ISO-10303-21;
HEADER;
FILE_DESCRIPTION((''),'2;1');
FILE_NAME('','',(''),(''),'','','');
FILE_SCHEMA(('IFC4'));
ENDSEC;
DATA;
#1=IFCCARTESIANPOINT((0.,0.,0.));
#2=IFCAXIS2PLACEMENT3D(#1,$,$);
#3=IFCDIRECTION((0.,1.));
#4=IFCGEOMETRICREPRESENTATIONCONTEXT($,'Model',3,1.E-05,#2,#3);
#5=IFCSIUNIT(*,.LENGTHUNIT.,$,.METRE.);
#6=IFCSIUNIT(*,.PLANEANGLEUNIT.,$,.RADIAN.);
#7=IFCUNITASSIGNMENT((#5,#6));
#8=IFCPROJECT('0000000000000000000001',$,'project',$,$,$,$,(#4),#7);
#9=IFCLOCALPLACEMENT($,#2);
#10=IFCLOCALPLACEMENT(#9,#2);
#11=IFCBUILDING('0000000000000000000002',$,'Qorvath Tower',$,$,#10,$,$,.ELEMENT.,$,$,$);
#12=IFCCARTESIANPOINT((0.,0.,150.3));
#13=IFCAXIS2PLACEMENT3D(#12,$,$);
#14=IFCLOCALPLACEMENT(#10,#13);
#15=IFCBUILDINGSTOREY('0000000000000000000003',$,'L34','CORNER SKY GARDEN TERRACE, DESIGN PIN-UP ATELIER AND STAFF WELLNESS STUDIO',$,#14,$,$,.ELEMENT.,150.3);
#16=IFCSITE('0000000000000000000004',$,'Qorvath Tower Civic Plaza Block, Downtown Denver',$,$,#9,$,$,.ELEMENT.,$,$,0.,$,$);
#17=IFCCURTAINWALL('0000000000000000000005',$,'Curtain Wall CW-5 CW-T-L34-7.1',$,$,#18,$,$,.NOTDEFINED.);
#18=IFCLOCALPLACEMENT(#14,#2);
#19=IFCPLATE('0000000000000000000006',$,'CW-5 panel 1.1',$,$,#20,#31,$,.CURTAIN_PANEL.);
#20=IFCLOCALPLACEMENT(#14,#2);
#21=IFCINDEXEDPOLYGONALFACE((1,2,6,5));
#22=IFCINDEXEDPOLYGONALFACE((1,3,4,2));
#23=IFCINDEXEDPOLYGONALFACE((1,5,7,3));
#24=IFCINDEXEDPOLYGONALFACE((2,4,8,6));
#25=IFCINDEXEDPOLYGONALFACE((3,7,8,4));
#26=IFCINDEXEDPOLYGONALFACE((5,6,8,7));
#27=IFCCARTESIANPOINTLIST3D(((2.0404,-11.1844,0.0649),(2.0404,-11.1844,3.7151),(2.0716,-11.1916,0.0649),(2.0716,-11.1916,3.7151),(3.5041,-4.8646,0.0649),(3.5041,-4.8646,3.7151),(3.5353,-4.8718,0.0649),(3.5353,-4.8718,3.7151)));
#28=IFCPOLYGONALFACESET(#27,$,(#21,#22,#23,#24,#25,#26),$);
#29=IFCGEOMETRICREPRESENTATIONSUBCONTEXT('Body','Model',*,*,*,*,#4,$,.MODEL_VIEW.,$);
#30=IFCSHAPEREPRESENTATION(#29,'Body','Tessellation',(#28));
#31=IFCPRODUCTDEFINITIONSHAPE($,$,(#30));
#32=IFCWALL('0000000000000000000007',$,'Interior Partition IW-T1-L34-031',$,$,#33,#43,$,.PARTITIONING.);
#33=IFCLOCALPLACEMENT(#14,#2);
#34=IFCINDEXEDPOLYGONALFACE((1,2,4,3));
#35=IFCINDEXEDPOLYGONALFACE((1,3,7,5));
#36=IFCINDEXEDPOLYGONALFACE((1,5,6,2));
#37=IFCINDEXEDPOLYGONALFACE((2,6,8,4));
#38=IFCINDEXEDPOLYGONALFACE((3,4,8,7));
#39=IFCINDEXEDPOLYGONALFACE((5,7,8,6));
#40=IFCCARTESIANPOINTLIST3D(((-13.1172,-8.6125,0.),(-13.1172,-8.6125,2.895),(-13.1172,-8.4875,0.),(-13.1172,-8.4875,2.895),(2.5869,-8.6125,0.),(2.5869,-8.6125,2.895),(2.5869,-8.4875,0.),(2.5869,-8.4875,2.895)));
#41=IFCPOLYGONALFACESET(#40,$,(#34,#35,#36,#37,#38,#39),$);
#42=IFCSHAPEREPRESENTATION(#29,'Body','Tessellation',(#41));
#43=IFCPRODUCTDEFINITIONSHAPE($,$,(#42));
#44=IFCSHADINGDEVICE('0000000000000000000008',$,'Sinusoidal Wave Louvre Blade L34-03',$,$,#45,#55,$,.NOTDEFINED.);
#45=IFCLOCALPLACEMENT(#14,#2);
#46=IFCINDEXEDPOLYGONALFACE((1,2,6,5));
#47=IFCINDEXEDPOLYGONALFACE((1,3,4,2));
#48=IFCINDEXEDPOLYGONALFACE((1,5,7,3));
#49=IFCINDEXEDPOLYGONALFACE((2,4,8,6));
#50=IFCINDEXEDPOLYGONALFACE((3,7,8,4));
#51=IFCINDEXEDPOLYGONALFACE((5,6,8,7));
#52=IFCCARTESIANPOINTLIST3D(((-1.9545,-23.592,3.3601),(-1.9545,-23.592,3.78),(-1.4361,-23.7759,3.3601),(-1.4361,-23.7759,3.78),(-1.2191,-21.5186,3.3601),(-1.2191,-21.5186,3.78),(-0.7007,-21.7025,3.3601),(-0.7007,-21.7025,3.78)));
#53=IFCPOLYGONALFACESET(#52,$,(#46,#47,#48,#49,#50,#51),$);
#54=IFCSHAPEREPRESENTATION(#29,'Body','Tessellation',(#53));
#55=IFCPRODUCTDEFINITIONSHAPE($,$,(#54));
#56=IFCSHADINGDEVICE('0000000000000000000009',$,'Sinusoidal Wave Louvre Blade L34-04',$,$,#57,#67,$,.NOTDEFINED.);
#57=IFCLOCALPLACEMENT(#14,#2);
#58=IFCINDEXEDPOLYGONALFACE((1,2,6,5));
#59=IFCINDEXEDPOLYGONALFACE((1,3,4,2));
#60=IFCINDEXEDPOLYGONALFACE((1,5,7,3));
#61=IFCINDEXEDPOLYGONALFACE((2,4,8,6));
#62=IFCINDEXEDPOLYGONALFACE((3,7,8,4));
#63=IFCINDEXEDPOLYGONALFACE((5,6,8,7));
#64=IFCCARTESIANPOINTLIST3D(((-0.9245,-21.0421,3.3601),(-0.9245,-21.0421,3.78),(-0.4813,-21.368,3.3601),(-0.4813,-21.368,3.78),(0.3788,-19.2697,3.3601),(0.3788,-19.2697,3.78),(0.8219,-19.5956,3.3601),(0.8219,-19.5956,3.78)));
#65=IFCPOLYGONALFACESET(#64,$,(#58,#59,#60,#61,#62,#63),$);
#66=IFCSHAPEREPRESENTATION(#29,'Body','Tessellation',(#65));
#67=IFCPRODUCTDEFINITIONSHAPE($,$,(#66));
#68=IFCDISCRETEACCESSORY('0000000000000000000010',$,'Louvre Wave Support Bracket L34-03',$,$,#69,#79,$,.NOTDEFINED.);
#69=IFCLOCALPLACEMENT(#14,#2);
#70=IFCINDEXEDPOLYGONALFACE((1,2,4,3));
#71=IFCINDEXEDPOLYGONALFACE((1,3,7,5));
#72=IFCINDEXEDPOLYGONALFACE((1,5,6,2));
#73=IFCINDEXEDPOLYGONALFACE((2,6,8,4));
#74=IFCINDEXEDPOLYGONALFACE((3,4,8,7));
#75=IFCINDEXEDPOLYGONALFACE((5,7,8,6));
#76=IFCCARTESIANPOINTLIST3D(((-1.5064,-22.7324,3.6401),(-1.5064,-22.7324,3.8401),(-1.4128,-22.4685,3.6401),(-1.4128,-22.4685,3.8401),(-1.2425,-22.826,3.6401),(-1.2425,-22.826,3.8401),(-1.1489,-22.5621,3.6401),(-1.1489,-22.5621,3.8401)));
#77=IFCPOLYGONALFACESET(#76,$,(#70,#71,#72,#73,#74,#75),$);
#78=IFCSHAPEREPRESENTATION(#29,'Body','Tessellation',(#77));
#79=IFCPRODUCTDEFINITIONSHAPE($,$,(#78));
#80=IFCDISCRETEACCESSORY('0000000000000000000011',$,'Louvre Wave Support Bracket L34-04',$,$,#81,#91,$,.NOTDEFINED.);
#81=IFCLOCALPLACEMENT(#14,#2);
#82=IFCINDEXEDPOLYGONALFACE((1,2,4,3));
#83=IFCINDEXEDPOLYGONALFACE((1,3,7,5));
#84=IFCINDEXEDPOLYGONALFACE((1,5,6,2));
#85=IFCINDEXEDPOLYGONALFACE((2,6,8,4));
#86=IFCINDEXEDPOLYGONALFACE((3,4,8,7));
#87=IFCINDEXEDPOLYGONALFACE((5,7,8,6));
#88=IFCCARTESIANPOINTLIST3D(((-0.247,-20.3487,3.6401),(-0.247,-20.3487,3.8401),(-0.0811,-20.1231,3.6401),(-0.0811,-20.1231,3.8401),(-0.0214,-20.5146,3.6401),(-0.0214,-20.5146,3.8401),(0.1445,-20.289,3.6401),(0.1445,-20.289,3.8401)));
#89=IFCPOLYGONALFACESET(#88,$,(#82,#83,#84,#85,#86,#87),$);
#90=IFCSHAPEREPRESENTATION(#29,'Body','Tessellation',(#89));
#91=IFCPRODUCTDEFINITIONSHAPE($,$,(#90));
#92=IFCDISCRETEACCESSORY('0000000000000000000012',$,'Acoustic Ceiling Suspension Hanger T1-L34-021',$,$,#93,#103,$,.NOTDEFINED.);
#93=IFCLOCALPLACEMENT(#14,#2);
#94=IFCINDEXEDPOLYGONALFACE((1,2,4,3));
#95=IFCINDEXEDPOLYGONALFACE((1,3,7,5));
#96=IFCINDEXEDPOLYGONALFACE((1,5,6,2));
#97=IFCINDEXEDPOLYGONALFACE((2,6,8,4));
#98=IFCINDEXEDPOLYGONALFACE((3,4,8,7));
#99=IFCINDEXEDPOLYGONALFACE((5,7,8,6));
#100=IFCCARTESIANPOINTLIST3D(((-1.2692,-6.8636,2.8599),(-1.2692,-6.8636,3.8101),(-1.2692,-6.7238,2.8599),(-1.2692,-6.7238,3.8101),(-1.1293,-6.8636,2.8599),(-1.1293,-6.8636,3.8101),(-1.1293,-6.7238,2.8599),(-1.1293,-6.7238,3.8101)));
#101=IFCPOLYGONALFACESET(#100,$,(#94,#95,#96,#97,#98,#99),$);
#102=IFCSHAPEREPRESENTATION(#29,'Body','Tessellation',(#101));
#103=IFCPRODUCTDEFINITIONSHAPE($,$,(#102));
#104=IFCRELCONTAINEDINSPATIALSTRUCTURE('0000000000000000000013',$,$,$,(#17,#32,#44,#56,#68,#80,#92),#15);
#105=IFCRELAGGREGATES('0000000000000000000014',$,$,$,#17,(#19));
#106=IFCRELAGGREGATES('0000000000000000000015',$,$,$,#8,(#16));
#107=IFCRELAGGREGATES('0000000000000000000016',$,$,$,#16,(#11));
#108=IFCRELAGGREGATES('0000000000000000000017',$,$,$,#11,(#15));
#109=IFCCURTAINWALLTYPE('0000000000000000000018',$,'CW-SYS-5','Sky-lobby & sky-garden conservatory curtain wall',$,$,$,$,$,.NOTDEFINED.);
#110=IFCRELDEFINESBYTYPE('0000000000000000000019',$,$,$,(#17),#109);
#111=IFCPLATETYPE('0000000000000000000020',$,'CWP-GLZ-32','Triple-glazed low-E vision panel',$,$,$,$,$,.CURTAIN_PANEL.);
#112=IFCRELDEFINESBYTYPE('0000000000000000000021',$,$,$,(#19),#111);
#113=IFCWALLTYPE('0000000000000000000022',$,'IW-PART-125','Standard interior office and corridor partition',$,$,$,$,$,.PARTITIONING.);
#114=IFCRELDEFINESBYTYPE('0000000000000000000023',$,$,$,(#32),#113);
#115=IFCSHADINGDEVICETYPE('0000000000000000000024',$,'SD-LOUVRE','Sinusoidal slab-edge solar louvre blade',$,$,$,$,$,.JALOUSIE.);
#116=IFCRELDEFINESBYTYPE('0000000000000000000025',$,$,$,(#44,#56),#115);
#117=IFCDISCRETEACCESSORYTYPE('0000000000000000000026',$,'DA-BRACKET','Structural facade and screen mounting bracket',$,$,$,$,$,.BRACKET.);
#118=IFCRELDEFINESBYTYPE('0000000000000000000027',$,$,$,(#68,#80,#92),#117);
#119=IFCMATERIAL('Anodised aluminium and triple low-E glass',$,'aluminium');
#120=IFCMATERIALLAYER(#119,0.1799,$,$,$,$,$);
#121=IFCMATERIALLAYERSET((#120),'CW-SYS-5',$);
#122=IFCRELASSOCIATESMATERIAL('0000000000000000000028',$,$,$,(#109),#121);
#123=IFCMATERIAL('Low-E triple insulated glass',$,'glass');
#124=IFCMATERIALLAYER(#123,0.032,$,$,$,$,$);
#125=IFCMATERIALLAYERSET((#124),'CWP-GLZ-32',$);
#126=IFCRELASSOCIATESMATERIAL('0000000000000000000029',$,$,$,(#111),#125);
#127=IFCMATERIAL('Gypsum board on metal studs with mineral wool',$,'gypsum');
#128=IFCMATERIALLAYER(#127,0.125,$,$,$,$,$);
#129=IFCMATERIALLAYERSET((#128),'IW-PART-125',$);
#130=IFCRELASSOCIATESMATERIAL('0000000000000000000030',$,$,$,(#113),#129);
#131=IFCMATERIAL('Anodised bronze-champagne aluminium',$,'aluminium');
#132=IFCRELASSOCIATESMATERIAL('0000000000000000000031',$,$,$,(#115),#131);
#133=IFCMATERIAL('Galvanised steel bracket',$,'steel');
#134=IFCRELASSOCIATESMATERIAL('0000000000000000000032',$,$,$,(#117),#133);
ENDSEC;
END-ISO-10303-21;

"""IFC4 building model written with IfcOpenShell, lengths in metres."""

from ifc_helpers import new_model, si_unit, direction, frame, frame_2d, origin, origin_2d, place, context, subcontext, project, spatial, rectangle, extrude, material, layer, layer_set, type_object, element, aggregate, save


model = new_model("IFC4")

# Units and contexts
model_context = context("Model", 3, precision=1e-05, world=origin(), true_north=direction((0.0, 1.0)))
body_context = subcontext(model_context, "Body", "Model", "MODEL_VIEW")
ifc_project = project(units=[si_unit("LENGTHUNIT", "METRE"), si_unit("PLANEANGLEUNIT", "RADIAN")], contexts=[model_context])

# Site, building, storey
site_placement = place(None, origin())
site = spatial("IfcSite", under=ifc_project, at=site_placement, Name="Qorvath Tower Civic Plaza Block, Downtown Denver", CompositionType="ELEMENT", RefElevation=0.0)
building_placement = place(site_placement, origin())
building = spatial("IfcBuilding", under=site, at=building_placement, Name="Qorvath Tower", CompositionType="ELEMENT")
storey_placement = place(building_placement, frame((0.0, 0.0, 150.3)))
storey = spatial("IfcBuildingStorey", under=building, at=storey_placement, Name="L34", Description="CORNER SKY GARDEN TERRACE, DESIGN PIN-UP ATELIER AND STAFF WELLNESS STUDIO", CompositionType="ELEMENT", Elevation=150.3)

# Shared definitions
ifc_material_1 = material(Name="Anodised aluminium and triple low-E glass", Category="aluminium")
ifc_layer_1 = layer(ifc_material_1, 0.1799)
ifc_layer_set_1 = layer_set([ifc_layer_1], Name="CW-SYS-5")
curtain_wall_type = type_object("IfcCurtainWallType", Name="CW-SYS-5", Description="Sky-lobby & sky-garden conservatory curtain wall", PredefinedType="NOTDEFINED", material=ifc_layer_set_1)

# Curtain wall
curtain_wall_1_placement = place(storey_placement, origin())
curtain_wall_1 = element("IfcCurtainWall", 1, at=curtain_wall_1_placement, inside=storey, type_object=curtain_wall_type, Name="Curtain Wall CW-5 CW-T-L34-7.1", PredefinedType="NOTDEFINED")

# Plate
ifc_material_2 = material(Name="Low-E triple insulated glass", Category="glass")
ifc_layer_2 = layer(ifc_material_2, 0.032)
ifc_layer_set_2 = layer_set([ifc_layer_2], Name="CWP-GLZ-32")
plate_type = type_object("IfcPlateType", Name="CWP-GLZ-32", Description="Triple-glazed low-E vision panel", PredefinedType="CURTAIN_PANEL", material=ifc_layer_set_2)
plate_1_placement = place(storey_placement, frame((2.7878, -8.0281, 0.0649), z_axis=(0.0, 0.0, 1.0), x_axis=(0.225631, 0.974213, 0.0)))
plate_1 = element("IfcPlate", 2, at=plate_1_placement, type_object=plate_type, Name="CW-5 panel 1.1", PredefinedType="CURTAIN_PANEL", context=body_context, shape_type="SweptSolid", body=[
    extrude(rectangle(XDim=6.4871, YDim=0.032, at=origin_2d()), origin(), (0.0, 0.0, 1.0), 3.6501),
])
aggregate(curtain_wall_1, [plate_1])

# Wall
ifc_material_3 = material(Name="Gypsum board on metal studs with mineral wool", Category="gypsum")
ifc_layer_3 = layer(ifc_material_3, 0.125)
ifc_layer_set_3 = layer_set([ifc_layer_3], Name="IW-PART-125")
wall_type = type_object("IfcWallType", Name="IW-PART-125", Description="Standard interior office and corridor partition", PredefinedType="PARTITIONING", material=ifc_layer_set_3)
wall_placement = place(storey_placement, frame((2.5869, -8.55, 0.0), z_axis=(0.0, 0.0, 1.0), x_axis=(-1.0, 0.0, 0.0)))
element("IfcWall", 3, at=wall_placement, inside=storey, type_object=wall_type, Name="Interior Partition IW-T1-L34-031", PredefinedType="PARTITIONING", context=body_context, shape_type="SweptSolid", body=[
    extrude(rectangle(XDim=15.7041, YDim=0.125, at=frame_2d((7.8521, 0.0))), origin(), (0.0, 0.0, 1.0), 2.895),
])

# Shading devices
ifc_material_4 = material(Name="Anodised bronze-champagne aluminium", Category="aluminium")
shading_device_type = type_object("IfcShadingDeviceType", Name="SD-LOUVRE", Description="Sinusoidal slab-edge solar louvre blade", PredefinedType="JALOUSIE", material=ifc_material_4)
for number, where, z_axis, x_axis, name in (
    (4, (-1.3276, -22.6472, 3.3601), (0.0, 0.0, 1.0), (0.334277, 0.942475, 0.0), "Sinusoidal Wave Louvre Blade L34-03"),
    (5, (-0.0513, -20.3188, 3.3601), (0.0, 0.0, 1.0), (0.59242, 0.80563, 0.0), "Sinusoidal Wave Louvre Blade L34-04"),
):
    element("IfcShadingDevice", number, at=place(storey_placement, frame(where, z_axis=z_axis, x_axis=x_axis)), inside=storey, type_object=shading_device_type, Name=name, PredefinedType="NOTDEFINED", context=body_context, shape_type="SweptSolid", body=[
        extrude(rectangle(XDim=2.2, YDim=0.55, at=origin_2d()), origin(), (0.0, 0.0, 1.0), 0.4199),
    ])

# Discrete accessories
ifc_material_5 = material(Name="Galvanised steel bracket", Category="steel")
discrete_accessory_type = type_object("IfcDiscreteAccessoryType", Name="DA-BRACKET", Description="Structural facade and screen mounting bracket", PredefinedType="BRACKET", material=ifc_material_5)
for number, where, z_axis, x_axis, name in (
    (6, (-1.3276, -22.6472, 3.6401), (0.0, 0.0, 1.0), (0.334277, 0.942475, 0.0), "Louvre Wave Support Bracket L34-03"),
    (7, (-0.0513, -20.3188, 3.6401), (0.0, 0.0, 1.0), (0.59242, 0.80563, 0.0), "Louvre Wave Support Bracket L34-04"),
):
    element("IfcDiscreteAccessory", number, at=place(storey_placement, frame(where, z_axis=z_axis, x_axis=x_axis)), inside=storey, type_object=discrete_accessory_type, Name=name, PredefinedType="NOTDEFINED", context=body_context, shape_type="SweptSolid", body=[
        extrude(rectangle(XDim=0.28, YDim=0.28, at=origin_2d()), origin(), (0.0, 0.0, 1.0), 0.2),
    ])
discrete_accessory_placement = place(storey_placement, frame((-1.1992, -6.7937, 2.8599), z_axis=(0.0, 0.0, 1.0), x_axis=(1.0, 0.0, 0.0)))
element("IfcDiscreteAccessory", 8, at=discrete_accessory_placement, inside=storey, type_object=discrete_accessory_type, Name="Acoustic Ceiling Suspension Hanger T1-L34-021", PredefinedType="NOTDEFINED", context=body_context, shape_type="SweptSolid", body=[
    extrude(rectangle(XDim=0.1399, YDim=0.1399, at=origin_2d()), origin(), (0.0, 0.0, 1.0), 0.9502),
])

save(model, "model.ifc")
